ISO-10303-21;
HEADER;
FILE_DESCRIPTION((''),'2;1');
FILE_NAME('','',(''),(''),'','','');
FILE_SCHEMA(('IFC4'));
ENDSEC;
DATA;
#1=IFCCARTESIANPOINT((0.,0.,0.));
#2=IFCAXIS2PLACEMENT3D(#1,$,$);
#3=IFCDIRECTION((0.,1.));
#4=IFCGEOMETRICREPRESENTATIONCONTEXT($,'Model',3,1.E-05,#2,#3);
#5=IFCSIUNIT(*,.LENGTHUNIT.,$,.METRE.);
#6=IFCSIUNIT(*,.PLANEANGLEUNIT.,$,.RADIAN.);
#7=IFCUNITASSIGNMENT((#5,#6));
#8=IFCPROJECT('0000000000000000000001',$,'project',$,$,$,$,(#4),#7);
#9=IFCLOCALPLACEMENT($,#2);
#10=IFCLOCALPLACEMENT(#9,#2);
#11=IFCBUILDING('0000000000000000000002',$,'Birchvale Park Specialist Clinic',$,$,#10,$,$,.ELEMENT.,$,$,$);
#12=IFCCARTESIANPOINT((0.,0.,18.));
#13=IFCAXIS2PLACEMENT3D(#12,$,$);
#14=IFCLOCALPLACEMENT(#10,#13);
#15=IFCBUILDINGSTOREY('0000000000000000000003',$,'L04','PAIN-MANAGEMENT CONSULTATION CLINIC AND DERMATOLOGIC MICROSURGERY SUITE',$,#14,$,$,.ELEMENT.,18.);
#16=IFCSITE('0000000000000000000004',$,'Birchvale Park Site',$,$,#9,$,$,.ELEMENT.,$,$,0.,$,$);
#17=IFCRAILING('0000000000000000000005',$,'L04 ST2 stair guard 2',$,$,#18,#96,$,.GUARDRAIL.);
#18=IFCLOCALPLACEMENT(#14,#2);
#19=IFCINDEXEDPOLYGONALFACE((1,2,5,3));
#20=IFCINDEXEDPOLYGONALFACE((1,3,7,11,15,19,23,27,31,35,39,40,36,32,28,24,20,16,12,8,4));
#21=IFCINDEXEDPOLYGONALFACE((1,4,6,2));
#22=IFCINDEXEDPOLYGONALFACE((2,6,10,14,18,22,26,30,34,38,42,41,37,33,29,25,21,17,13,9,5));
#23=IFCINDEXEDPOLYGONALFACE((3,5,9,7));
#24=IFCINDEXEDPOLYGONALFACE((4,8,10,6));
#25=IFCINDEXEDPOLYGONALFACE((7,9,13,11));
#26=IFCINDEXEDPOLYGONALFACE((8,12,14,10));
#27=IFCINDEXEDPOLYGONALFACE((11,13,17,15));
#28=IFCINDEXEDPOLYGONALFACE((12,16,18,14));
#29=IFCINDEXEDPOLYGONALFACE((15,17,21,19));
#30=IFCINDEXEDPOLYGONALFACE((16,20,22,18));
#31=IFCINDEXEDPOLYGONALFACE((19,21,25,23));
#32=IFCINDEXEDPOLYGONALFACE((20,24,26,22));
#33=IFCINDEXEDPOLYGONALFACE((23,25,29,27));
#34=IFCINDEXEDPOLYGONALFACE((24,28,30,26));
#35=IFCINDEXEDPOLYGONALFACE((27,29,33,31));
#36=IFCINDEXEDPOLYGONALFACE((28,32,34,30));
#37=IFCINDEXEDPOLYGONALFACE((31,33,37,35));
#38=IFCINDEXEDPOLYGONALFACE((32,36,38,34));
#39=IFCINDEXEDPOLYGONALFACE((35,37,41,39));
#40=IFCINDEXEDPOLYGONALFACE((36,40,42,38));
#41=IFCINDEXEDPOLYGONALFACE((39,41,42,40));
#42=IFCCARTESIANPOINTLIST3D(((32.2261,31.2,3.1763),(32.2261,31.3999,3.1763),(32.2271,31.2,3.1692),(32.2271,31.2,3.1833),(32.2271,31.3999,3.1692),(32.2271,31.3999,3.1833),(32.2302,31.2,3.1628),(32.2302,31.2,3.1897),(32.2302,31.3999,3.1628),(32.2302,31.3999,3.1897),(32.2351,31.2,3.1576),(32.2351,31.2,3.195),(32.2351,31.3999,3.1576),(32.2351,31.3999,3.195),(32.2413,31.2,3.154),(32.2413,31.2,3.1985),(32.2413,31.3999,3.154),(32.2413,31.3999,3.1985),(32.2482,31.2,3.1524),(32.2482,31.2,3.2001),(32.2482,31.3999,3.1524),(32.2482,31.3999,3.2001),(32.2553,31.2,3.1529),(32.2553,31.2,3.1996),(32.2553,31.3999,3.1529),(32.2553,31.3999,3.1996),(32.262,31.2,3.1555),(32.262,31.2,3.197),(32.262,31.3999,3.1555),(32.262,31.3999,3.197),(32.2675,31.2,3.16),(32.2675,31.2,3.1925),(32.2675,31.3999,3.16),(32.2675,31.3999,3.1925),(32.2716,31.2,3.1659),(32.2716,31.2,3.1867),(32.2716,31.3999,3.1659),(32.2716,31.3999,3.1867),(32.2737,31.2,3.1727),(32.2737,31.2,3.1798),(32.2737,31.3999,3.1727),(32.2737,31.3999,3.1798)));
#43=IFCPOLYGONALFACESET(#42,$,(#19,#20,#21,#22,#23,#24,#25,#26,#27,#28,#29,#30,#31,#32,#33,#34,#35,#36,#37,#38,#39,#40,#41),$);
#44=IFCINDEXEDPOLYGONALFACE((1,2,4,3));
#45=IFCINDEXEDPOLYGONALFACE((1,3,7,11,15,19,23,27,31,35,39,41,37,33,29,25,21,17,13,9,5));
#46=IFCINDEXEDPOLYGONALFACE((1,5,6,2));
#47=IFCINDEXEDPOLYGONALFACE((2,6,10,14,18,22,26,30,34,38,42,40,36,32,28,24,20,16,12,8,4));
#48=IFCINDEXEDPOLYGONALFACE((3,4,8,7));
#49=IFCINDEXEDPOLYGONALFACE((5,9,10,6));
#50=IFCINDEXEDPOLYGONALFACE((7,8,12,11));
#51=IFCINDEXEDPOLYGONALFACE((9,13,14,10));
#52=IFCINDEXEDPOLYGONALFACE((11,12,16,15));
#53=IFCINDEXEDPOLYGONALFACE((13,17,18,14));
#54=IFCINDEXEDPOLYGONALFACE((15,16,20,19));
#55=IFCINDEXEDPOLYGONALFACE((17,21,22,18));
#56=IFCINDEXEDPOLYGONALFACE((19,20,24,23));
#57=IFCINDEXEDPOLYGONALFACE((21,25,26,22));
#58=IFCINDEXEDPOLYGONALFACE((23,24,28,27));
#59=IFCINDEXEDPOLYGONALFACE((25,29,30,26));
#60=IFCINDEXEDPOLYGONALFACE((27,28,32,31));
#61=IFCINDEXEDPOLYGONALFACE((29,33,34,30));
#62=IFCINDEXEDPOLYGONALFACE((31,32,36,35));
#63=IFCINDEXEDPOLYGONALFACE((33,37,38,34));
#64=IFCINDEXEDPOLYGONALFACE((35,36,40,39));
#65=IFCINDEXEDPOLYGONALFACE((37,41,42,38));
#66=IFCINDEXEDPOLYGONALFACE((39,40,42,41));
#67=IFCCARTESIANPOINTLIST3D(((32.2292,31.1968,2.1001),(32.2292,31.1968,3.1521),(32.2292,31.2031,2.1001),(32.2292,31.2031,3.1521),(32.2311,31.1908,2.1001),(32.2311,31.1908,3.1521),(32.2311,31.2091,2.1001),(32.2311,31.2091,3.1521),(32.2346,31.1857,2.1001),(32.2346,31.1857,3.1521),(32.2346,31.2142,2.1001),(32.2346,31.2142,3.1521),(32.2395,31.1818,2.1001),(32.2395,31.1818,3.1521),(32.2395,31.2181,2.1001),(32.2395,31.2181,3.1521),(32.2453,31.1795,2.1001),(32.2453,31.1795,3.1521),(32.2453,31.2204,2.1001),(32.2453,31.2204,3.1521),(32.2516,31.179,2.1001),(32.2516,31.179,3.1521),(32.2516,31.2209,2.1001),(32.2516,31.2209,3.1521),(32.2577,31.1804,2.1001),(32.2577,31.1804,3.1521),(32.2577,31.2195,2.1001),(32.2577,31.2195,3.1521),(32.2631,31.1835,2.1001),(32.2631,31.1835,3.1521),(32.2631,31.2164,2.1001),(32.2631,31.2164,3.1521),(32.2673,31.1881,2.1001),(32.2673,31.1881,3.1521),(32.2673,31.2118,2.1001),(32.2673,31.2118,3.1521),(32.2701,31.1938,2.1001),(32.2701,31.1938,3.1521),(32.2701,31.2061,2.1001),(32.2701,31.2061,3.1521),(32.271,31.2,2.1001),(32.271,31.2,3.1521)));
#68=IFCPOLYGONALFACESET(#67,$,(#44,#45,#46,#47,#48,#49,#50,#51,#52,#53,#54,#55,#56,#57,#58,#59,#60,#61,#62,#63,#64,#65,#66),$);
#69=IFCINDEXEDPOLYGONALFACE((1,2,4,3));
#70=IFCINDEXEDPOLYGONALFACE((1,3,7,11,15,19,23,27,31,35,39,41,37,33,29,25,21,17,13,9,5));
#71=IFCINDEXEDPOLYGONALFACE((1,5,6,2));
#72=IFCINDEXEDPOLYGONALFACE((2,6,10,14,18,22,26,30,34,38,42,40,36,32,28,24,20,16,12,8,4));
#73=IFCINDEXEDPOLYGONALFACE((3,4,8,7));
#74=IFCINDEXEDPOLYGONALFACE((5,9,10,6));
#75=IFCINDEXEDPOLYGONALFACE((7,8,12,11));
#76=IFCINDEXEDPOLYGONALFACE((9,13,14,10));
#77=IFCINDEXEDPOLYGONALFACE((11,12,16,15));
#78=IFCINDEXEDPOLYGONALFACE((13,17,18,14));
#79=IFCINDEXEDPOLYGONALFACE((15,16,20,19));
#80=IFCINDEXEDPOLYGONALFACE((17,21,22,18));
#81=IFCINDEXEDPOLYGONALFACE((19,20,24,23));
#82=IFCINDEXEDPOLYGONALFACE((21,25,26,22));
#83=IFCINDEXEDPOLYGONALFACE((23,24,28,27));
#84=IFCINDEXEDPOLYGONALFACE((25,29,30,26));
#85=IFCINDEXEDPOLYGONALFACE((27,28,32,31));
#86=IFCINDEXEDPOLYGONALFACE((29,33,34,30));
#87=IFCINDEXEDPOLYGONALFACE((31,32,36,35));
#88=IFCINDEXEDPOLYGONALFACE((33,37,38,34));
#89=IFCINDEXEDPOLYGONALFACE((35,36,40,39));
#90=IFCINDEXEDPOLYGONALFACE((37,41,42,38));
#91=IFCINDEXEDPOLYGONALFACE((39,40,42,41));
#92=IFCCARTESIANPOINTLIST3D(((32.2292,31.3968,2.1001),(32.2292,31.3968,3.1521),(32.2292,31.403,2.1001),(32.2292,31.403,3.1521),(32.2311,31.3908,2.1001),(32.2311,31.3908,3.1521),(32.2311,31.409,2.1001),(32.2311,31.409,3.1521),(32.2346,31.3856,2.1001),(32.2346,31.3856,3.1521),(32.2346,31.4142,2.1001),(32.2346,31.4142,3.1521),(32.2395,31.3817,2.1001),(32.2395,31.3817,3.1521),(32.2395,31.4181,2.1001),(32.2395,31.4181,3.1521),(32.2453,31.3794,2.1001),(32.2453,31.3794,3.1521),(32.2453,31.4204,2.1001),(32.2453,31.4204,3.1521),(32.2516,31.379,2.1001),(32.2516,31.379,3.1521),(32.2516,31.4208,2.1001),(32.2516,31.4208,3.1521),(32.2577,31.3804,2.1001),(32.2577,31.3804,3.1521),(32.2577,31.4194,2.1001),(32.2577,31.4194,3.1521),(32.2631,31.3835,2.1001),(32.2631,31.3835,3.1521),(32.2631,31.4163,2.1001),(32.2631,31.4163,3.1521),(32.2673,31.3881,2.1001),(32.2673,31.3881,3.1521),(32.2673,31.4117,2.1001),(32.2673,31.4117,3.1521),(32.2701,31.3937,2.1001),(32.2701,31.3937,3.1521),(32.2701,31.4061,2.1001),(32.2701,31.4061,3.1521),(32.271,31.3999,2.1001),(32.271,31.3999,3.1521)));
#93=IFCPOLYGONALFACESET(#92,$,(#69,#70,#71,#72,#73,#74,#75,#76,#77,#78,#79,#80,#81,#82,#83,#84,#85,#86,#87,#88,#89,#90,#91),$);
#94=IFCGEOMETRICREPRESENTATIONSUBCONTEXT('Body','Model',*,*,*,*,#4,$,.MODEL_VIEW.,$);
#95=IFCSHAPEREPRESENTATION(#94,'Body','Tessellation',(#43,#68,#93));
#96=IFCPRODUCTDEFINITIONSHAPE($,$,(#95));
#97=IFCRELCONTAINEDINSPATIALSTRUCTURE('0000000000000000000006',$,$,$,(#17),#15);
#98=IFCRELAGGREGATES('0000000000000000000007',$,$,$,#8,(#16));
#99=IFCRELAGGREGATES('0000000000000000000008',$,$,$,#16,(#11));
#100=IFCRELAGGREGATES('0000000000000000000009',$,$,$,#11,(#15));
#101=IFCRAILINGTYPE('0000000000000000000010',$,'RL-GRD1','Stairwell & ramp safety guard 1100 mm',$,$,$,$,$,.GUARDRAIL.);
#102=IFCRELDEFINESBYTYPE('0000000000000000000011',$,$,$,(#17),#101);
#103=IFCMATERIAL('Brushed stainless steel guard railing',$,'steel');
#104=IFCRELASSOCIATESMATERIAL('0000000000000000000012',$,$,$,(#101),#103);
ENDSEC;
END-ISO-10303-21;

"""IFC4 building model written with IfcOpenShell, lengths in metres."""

from ifc_helpers import new_model, si_unit, direction, frame, origin, origin_2d, place, context, subcontext, project, spatial, circle, extrude, material, type_object, element, save


model = new_model("IFC4")

# Units and contexts
model_context = context("Model", 3, precision=1e-05, world=origin(), true_north=direction((0.0, 1.0)))
body_context = subcontext(model_context, "Body", "Model", "MODEL_VIEW")
ifc_project = project(units=[si_unit("LENGTHUNIT", "METRE"), si_unit("PLANEANGLEUNIT", "RADIAN")], contexts=[model_context])

# Site, building, storey
site_placement = place(None, origin())
site = spatial("IfcSite", under=ifc_project, at=site_placement, Name="Birchvale Park Site", CompositionType="ELEMENT", RefElevation=0.0)
building_placement = place(site_placement, origin())
building = spatial("IfcBuilding", under=site, at=building_placement, Name="Birchvale Park Specialist Clinic", CompositionType="ELEMENT")
storey_placement = place(building_placement, frame((0.0, 0.0, 18.0)))
storey = spatial("IfcBuildingStorey", under=building, at=storey_placement, Name="L04", Description="PAIN-MANAGEMENT CONSULTATION CLINIC AND DERMATOLOGIC MICROSURGERY SUITE", CompositionType="ELEMENT", Elevation=18.0)

# Railing
ifc_material_1 = material(Name="Brushed stainless steel guard railing", Category="steel")
railing_type_1 = type_object("IfcRailingType", Name="RL-GRD1", Description="Stairwell & ramp safety guard 1100 mm", PredefinedType="GUARDRAIL", material=ifc_material_1)
railing_1_placement = place(storey_placement, frame((32.25, 31.2, 2.1001)))
element("IfcRailing", 1, at=railing_1_placement, inside=storey, type_object=railing_type_1, Name="L04 ST2 stair guard 2", PredefinedType="GUARDRAIL", context=body_context, shape_type="SweptSolid", body=[
    extrude(circle(Radius=0.0239, at=origin_2d()), frame((0.0, 0.0, 1.0762), z_axis=(0.0, 1.0, 0.0), x_axis=(-1.0, 0.0, 0.0)), (0.0, 0.0, 1.0), 0.2),
    extrude(circle(Radius=0.021, at=origin_2d()), origin(), (0.0, 0.0, 1.0), 1.052),
    extrude(circle(Radius=0.021, at=origin_2d()), frame((0.0, 0.2, 0.0)), (0.0, 0.0, 1.0), 1.052),
])

save(model, "model.ifc")
